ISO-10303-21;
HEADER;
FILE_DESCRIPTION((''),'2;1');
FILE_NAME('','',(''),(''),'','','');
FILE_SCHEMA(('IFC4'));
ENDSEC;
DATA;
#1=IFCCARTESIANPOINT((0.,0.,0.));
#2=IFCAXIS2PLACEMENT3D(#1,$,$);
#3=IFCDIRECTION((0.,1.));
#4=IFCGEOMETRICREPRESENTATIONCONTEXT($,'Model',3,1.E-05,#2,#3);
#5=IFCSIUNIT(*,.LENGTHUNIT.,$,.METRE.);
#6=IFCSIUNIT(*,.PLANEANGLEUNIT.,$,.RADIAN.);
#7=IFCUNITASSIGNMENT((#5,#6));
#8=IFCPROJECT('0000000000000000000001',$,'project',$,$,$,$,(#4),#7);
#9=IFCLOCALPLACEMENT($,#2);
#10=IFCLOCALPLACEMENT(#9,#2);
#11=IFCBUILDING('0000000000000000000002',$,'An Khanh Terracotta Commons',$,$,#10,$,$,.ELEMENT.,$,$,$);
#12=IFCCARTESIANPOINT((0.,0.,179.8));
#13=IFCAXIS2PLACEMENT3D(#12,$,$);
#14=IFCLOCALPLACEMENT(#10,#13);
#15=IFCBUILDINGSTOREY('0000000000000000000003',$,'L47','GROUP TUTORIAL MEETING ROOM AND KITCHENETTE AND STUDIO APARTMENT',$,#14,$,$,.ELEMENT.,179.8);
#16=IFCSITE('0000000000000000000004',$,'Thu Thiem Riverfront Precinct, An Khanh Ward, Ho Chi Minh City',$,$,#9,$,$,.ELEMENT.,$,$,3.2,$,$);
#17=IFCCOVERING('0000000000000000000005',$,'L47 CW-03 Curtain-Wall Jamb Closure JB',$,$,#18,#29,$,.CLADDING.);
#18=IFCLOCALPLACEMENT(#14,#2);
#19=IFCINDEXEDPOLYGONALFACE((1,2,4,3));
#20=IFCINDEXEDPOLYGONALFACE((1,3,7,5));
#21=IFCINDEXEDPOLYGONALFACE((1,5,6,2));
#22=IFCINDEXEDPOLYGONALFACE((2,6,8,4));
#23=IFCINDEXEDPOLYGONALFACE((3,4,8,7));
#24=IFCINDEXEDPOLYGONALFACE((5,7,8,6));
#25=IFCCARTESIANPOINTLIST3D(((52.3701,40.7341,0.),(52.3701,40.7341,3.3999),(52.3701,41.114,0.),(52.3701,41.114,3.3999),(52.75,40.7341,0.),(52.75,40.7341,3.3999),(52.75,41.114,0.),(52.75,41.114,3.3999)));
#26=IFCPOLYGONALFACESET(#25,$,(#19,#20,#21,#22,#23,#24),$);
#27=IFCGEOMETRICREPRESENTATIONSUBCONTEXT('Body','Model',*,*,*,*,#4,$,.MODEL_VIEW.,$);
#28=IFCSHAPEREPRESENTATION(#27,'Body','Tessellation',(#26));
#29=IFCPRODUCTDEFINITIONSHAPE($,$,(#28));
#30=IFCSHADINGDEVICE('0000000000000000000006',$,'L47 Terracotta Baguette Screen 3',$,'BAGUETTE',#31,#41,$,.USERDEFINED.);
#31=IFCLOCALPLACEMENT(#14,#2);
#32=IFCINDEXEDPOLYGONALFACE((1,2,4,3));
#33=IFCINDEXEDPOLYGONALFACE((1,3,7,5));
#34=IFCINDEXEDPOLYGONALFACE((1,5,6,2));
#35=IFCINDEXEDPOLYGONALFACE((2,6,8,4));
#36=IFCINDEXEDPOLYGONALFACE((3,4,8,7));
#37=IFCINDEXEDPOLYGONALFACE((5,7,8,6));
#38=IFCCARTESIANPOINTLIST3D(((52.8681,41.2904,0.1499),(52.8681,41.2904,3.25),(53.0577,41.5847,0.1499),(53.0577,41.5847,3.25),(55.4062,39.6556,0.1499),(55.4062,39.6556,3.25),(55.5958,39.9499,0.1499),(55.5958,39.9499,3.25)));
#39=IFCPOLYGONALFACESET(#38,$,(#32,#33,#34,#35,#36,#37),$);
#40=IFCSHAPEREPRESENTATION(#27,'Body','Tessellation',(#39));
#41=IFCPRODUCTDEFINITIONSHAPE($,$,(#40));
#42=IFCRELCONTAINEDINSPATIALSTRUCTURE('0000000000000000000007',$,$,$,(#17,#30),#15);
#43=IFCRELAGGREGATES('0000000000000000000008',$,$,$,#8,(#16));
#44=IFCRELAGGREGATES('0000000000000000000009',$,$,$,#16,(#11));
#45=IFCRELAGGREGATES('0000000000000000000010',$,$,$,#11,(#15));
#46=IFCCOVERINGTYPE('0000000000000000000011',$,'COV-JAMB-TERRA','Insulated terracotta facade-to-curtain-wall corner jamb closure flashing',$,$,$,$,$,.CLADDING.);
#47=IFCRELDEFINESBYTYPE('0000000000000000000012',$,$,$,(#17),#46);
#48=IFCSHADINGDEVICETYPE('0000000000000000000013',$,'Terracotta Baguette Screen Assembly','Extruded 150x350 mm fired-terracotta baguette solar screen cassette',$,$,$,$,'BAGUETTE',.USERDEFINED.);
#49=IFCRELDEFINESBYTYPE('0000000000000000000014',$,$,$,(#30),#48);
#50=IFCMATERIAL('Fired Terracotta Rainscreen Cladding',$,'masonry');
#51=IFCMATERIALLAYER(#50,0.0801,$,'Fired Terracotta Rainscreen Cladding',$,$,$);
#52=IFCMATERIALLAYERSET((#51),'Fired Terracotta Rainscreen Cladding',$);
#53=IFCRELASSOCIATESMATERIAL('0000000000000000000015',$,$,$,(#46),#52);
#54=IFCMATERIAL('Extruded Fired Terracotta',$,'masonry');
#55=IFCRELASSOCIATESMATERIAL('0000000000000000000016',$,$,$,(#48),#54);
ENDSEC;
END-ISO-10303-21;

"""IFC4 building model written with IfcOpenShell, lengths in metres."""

from ifc_helpers import new_model, si_unit, direction, frame, origin, origin_2d, place, context, subcontext, project, spatial, rectangle, extrude, material, layer, layer_set, type_object, element, save


model = new_model("IFC4")

# Units and contexts
model_context = context("Model", 3, precision=1e-05, world=origin(), true_north=direction((0.0, 1.0)))
body_context = subcontext(model_context, "Body", "Model", "MODEL_VIEW")
ifc_project = project(units=[si_unit("LENGTHUNIT", "METRE"), si_unit("PLANEANGLEUNIT", "RADIAN")], contexts=[model_context])

# Site, building, storey
site_placement = place(None, origin())
site = spatial("IfcSite", under=ifc_project, at=site_placement, Name="Thu Thiem Riverfront Precinct, An Khanh Ward, Ho Chi Minh City", CompositionType="ELEMENT", RefElevation=3.2)
building_placement = place(site_placement, origin())
building = spatial("IfcBuilding", under=site, at=building_placement, Name="An Khanh Terracotta Commons", CompositionType="ELEMENT")
storey_placement = place(building_placement, frame((0.0, 0.0, 179.8)))
storey = spatial("IfcBuildingStorey", under=building, at=storey_placement, Name="L47", Description="GROUP TUTORIAL MEETING ROOM AND KITCHENETTE AND STUDIO APARTMENT", CompositionType="ELEMENT", Elevation=179.8)

# Covering
ifc_material_1 = material(Name="Fired Terracotta Rainscreen Cladding", Category="masonry")
ifc_layer_1 = layer(ifc_material_1, 0.0801, Name="Fired Terracotta Rainscreen Cladding")
ifc_layer_set_1 = layer_set([ifc_layer_1], Name="Fired Terracotta Rainscreen Cladding")
covering_type = type_object("IfcCoveringType", Name="COV-JAMB-TERRA", Description="Insulated terracotta facade-to-curtain-wall corner jamb closure flashing", PredefinedType="CLADDING", material=ifc_layer_set_1)
covering_placement = place(storey_placement, frame((52.5601, 40.9241, 0.0), z_axis=(0.0, 0.0, 1.0), x_axis=(1.0, 0.0, 0.0)))
element("IfcCovering", 1, at=covering_placement, inside=storey, type_object=covering_type, Name="L47 CW-03 Curtain-Wall Jamb Closure JB", PredefinedType="CLADDING", context=body_context, shape_type="SweptSolid", body=[
    extrude(rectangle(XDim=0.3799, YDim=0.3799, at=origin_2d()), origin(), (0.0, 0.0, 1.0), 3.3999),
])

# Shading device
ifc_material_2 = material(Name="Extruded Fired Terracotta", Category="masonry")
shading_device_type = type_object("IfcShadingDeviceType", Name="Terracotta Baguette Screen Assembly", Description="Extruded 150x350 mm fired-terracotta baguette solar screen cassette", ElementType="BAGUETTE", PredefinedType="USERDEFINED", material=ifc_material_2)
shading_device_placement = place(storey_placement, frame((54.2319, 40.6201, 0.1499), z_axis=(0.0, 0.0, 1.0), x_axis=(-0.840702, 0.541498, 0.0)))
element("IfcShadingDevice", 2, at=shading_device_placement, inside=storey, type_object=shading_device_type, Name="L47 Terracotta Baguette Screen 3", ObjectType="BAGUETTE", PredefinedType="USERDEFINED", context=body_context, shape_type="SweptSolid", body=[
    extrude(rectangle(XDim=3.019, YDim=0.3501, at=origin_2d()), origin(), (0.0, 0.0, 1.0), 3.1001),
])

save(model, "model.ifc")
